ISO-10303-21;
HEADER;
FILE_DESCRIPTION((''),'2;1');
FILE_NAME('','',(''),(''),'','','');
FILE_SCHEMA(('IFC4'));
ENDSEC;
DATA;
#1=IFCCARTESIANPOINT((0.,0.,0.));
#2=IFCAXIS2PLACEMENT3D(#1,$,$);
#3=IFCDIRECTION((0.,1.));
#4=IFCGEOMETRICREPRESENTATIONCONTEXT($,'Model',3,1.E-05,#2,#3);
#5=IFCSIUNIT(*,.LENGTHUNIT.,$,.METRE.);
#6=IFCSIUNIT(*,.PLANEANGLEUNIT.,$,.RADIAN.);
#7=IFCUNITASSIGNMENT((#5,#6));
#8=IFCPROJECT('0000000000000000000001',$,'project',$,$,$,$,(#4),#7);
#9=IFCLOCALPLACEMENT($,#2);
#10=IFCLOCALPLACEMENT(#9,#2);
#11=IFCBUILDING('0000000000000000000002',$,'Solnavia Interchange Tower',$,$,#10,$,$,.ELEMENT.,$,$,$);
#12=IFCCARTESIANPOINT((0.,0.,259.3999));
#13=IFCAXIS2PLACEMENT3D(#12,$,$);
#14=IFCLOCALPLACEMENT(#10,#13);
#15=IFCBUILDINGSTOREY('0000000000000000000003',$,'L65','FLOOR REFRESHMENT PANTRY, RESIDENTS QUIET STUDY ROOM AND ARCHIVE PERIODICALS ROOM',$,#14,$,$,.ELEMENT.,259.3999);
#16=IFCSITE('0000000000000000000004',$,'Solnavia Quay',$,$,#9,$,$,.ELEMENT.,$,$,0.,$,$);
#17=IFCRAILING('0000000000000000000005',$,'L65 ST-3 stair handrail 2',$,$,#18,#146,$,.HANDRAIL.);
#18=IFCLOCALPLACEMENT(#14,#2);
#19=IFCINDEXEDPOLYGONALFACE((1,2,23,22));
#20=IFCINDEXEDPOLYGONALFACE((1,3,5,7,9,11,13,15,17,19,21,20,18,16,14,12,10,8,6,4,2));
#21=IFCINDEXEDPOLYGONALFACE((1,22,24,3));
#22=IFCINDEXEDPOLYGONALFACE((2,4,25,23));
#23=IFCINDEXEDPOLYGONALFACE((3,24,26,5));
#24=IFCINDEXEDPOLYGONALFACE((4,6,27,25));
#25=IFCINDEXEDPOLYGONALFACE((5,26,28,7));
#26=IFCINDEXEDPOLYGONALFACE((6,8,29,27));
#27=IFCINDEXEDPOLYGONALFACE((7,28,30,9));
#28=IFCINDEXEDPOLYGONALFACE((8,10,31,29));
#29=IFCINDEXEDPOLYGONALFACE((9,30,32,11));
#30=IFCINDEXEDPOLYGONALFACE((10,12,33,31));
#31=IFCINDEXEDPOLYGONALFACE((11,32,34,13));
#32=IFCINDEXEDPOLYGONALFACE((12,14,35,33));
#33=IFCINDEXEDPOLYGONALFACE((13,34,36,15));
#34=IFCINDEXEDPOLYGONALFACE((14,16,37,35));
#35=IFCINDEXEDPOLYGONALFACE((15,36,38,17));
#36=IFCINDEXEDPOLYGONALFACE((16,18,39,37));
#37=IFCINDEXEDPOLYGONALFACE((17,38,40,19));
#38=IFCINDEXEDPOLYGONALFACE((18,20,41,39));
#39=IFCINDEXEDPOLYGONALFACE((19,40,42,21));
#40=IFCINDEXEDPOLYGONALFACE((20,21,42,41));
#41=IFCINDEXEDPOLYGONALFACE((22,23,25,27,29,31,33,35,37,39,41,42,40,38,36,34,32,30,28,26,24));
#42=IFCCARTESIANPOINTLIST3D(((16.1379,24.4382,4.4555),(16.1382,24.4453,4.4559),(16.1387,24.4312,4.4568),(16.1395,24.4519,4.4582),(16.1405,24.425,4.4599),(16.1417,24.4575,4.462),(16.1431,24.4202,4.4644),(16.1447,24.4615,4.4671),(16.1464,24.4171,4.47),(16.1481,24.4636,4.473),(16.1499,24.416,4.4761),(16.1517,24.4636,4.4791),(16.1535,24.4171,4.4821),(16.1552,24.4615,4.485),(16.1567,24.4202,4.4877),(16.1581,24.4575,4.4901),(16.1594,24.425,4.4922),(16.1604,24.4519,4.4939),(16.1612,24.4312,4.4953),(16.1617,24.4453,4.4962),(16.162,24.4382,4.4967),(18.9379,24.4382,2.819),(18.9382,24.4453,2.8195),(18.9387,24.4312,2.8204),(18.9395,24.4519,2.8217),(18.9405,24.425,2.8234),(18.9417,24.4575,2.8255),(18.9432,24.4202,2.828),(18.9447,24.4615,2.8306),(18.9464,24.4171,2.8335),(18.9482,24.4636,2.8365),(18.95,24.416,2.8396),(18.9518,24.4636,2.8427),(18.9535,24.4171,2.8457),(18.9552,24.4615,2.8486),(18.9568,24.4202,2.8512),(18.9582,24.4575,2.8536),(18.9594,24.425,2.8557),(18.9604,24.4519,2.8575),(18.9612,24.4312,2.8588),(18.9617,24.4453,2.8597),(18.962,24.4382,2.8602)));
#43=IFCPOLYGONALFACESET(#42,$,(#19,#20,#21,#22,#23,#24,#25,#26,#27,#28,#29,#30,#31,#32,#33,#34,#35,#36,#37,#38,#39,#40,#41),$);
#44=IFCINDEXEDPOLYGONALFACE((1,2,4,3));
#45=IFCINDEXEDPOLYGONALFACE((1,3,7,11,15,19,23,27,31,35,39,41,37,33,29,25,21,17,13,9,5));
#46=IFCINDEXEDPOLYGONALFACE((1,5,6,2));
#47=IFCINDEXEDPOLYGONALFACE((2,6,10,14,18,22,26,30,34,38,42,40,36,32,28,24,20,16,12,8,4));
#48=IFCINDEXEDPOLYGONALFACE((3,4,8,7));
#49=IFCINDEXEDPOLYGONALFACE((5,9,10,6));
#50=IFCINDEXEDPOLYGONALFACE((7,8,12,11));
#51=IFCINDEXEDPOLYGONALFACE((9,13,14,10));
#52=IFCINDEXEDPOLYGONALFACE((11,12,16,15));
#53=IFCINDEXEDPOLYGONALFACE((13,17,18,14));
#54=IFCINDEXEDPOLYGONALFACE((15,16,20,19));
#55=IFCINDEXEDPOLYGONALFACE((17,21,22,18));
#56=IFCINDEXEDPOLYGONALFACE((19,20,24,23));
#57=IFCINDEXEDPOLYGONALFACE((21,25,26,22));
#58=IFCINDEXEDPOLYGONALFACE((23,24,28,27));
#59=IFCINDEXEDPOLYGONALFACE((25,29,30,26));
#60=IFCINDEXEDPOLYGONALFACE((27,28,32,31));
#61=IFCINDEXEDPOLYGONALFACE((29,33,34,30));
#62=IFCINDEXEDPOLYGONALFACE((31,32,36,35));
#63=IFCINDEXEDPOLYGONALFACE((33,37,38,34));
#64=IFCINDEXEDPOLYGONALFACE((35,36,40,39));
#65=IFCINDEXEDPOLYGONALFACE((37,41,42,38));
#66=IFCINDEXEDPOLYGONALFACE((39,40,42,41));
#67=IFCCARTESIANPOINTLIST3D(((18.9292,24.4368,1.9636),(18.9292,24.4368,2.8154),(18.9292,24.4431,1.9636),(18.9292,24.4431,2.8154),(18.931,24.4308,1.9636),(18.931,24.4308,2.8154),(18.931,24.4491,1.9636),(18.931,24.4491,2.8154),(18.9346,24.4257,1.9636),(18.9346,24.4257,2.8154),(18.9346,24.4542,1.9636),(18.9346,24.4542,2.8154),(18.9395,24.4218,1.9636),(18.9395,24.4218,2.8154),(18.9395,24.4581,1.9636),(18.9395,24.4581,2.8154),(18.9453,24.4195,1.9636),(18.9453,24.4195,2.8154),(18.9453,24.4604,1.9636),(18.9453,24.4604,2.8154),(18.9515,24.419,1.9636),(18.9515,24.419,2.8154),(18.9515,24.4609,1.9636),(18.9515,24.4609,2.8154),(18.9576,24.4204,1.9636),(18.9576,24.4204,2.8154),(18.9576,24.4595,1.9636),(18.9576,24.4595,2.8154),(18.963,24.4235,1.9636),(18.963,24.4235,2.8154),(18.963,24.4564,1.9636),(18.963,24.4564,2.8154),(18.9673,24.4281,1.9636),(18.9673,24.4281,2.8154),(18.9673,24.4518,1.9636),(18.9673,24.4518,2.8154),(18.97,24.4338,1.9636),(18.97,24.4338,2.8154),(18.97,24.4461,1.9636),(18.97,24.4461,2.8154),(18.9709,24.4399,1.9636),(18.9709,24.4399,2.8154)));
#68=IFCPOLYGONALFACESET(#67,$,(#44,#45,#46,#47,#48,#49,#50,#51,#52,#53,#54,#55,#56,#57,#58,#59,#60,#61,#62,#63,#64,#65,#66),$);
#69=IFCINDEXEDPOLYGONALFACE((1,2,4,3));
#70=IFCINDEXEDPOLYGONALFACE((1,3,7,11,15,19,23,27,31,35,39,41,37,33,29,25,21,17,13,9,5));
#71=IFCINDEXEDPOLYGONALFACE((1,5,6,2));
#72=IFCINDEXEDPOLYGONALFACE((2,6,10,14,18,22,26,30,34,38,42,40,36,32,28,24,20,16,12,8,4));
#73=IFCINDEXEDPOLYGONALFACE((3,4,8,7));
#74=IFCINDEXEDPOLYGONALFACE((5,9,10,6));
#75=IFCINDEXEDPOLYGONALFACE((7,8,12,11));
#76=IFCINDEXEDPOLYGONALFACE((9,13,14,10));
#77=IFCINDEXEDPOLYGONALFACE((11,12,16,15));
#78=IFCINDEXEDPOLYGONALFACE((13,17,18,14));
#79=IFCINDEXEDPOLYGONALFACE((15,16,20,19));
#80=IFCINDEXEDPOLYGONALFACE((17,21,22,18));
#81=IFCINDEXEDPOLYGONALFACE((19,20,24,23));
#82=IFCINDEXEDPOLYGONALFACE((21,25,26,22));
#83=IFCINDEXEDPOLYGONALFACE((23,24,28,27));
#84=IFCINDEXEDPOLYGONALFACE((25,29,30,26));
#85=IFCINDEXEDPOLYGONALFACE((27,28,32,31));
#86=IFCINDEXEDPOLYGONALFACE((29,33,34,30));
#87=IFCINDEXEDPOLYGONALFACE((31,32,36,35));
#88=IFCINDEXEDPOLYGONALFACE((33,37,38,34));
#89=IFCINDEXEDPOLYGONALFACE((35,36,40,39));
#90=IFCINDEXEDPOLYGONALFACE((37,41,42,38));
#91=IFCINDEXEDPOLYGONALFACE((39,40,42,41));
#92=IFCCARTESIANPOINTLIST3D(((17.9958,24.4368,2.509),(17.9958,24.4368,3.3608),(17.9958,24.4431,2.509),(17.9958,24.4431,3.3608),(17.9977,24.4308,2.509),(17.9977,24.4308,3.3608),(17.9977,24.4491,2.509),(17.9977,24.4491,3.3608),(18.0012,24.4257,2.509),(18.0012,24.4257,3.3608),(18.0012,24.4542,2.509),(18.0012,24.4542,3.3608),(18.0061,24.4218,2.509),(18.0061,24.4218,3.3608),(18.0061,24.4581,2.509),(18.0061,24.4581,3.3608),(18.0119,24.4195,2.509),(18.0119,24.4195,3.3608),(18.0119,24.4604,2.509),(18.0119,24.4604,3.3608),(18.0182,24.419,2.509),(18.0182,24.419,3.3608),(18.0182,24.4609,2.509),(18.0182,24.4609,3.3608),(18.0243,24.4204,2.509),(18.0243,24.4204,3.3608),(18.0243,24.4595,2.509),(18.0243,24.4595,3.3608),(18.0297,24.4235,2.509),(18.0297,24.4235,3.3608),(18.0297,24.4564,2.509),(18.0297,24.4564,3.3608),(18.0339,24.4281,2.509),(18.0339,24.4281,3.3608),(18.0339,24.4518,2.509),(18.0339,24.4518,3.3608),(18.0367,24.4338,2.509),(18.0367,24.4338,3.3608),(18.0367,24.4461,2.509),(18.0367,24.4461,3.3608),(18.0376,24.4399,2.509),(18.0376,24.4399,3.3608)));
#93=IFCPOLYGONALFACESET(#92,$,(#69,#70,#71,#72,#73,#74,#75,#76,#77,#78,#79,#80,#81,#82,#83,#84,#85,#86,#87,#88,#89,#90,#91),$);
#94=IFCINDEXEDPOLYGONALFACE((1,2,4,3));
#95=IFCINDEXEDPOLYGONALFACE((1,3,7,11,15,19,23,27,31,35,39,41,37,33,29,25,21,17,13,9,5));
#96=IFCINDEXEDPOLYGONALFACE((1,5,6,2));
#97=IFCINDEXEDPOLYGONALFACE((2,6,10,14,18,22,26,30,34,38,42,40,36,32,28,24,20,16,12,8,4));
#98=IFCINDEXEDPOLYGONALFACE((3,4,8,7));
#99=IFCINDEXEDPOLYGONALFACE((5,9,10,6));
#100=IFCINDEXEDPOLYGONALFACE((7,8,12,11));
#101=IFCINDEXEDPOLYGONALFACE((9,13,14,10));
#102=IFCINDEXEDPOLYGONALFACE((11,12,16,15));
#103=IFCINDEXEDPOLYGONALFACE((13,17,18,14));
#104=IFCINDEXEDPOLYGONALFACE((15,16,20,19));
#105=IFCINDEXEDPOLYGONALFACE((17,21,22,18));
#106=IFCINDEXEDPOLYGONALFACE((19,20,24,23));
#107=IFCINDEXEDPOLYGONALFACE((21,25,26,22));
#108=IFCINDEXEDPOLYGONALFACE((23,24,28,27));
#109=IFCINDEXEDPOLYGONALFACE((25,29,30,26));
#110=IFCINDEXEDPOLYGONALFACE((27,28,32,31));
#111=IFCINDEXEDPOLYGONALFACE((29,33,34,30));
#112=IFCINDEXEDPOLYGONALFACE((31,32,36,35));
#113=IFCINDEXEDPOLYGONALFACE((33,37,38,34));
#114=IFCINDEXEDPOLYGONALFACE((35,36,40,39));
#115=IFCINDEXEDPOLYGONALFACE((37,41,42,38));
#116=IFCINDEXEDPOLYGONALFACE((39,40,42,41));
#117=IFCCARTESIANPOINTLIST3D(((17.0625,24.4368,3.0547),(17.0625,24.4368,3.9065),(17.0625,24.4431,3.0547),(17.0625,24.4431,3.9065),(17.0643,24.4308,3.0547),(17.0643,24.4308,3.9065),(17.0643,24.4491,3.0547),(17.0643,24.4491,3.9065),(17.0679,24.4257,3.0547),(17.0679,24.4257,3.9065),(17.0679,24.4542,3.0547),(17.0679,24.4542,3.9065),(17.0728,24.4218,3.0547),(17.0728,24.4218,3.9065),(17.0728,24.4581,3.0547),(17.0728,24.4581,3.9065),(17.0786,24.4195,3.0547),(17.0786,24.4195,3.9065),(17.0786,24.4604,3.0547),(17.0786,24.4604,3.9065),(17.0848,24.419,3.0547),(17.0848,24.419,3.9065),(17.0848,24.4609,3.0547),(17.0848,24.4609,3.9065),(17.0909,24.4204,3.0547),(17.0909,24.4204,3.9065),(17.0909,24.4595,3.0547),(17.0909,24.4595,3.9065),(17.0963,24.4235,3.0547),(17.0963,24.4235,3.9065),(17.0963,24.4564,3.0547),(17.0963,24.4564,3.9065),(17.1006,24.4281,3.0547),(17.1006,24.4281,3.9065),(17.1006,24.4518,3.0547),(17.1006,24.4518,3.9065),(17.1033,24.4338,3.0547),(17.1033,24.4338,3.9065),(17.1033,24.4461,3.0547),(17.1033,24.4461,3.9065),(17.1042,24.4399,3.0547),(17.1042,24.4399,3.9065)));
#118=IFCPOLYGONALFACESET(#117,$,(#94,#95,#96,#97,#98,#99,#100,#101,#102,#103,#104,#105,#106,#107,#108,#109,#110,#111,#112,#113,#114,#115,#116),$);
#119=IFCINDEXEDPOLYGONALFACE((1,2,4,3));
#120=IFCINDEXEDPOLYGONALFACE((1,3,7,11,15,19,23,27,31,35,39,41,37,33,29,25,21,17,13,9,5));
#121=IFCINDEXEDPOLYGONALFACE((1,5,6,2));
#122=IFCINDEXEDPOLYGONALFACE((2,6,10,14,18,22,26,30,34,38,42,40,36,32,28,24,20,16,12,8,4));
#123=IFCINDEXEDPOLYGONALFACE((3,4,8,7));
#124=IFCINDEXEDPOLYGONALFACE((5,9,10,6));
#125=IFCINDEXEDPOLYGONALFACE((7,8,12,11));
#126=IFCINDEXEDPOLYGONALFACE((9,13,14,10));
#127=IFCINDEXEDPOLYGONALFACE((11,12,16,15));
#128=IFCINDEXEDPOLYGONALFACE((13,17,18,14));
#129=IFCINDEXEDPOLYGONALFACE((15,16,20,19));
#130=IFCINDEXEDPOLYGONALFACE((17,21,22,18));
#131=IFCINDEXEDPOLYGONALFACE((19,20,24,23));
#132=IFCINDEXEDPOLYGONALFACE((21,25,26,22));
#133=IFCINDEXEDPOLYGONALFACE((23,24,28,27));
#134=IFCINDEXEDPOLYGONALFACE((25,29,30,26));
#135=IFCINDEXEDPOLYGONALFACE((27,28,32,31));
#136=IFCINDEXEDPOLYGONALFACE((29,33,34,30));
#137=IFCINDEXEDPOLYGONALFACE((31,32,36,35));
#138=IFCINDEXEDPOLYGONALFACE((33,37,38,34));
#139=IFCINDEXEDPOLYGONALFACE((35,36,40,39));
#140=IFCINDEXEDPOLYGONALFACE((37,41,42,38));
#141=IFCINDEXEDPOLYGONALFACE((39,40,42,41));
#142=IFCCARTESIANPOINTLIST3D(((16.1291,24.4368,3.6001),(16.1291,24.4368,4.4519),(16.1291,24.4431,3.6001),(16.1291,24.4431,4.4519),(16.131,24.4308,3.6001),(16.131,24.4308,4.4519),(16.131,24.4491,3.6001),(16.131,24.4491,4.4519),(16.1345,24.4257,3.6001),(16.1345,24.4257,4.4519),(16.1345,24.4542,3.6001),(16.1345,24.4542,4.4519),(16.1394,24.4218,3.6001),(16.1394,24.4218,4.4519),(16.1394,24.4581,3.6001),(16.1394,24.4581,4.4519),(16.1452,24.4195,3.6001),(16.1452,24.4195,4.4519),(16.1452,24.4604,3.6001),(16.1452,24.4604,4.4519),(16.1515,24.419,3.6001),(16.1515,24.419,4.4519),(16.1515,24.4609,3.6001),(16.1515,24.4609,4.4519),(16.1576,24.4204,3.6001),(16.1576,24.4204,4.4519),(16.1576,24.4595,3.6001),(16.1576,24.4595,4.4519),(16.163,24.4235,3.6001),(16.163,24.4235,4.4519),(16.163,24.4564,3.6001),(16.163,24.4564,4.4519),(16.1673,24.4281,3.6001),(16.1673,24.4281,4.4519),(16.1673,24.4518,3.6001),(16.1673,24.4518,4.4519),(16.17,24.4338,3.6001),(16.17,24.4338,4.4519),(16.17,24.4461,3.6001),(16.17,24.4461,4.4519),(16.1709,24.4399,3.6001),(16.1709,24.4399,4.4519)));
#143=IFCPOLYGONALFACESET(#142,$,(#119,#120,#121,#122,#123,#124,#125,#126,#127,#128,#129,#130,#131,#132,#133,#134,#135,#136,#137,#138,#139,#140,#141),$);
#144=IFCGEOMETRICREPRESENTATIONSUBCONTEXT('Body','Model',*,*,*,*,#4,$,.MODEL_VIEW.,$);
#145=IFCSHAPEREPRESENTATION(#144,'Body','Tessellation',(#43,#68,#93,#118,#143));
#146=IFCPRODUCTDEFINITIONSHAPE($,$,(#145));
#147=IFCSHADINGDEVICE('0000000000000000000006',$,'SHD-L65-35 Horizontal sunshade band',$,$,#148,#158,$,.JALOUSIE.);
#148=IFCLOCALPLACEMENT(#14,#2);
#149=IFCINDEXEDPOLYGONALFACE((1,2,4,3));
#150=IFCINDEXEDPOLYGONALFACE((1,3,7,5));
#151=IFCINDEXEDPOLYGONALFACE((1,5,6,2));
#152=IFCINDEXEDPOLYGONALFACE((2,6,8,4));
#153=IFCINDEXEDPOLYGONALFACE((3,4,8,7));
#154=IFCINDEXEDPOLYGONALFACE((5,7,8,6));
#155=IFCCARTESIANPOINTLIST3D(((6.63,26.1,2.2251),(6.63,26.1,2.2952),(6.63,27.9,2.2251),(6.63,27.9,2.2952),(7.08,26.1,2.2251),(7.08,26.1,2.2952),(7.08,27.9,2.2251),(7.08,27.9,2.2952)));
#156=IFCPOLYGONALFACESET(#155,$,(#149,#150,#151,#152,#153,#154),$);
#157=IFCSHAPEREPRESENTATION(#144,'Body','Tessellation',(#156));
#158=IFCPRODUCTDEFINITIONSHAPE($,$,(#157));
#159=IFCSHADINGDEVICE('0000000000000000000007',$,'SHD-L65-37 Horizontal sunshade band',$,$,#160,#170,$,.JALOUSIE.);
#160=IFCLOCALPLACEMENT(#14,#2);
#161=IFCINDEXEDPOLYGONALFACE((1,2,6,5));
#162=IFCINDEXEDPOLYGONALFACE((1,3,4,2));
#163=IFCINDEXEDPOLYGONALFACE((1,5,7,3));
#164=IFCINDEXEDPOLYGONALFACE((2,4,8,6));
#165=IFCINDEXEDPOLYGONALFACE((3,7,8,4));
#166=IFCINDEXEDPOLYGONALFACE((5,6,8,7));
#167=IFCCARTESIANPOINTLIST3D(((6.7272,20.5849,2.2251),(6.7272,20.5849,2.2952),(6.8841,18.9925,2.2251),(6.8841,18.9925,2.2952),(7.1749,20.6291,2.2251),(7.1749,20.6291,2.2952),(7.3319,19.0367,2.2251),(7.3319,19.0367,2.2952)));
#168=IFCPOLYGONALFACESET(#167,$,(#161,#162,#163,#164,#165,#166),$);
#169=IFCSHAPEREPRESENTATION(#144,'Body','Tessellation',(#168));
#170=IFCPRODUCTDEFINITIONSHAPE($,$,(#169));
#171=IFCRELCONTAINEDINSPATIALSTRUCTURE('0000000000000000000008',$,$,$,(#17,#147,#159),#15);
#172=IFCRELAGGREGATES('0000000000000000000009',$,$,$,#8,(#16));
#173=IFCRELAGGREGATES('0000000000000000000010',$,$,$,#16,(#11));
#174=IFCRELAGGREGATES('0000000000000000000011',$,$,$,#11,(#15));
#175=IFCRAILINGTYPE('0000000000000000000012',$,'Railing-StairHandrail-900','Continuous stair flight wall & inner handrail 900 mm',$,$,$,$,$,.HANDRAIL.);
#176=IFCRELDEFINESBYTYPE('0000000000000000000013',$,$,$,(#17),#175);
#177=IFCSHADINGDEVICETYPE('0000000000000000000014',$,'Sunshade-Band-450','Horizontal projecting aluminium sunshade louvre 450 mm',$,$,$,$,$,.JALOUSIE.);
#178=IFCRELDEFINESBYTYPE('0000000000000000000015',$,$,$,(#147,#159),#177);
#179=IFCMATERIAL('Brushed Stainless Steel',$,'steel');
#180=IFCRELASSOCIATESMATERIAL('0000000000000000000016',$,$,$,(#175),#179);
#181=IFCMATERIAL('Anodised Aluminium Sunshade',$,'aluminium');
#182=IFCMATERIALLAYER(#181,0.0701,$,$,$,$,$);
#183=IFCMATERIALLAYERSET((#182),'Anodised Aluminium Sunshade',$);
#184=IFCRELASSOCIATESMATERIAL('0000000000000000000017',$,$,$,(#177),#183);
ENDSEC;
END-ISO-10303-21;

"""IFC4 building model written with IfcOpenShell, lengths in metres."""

from ifc_helpers import new_model, si_unit, direction, frame, origin, origin_2d, place, context, subcontext, project, spatial, rectangle, circle, extrude, material, layer, layer_set, type_object, element, save


model = new_model("IFC4")

# Units and contexts
model_context = context("Model", 3, precision=1e-05, world=origin(), true_north=direction((0.0, 1.0)))
body_context = subcontext(model_context, "Body", "Model", "MODEL_VIEW")
ifc_project = project(units=[si_unit("LENGTHUNIT", "METRE"), si_unit("PLANEANGLEUNIT", "RADIAN")], contexts=[model_context])

# Site, building, storey
site_placement = place(None, origin())
site = spatial("IfcSite", under=ifc_project, at=site_placement, Name="Solnavia Quay", CompositionType="ELEMENT", RefElevation=0.0)
building_placement = place(site_placement, origin())
building = spatial("IfcBuilding", under=site, at=building_placement, Name="Solnavia Interchange Tower", CompositionType="ELEMENT")
storey_placement = place(building_placement, frame((0.0, 0.0, 259.3999)))
storey = spatial("IfcBuildingStorey", under=building, at=storey_placement, Name="L65", Description="FLOOR REFRESHMENT PANTRY, RESIDENTS QUIET STUDY ROOM AND ARCHIVE PERIODICALS ROOM", CompositionType="ELEMENT", Elevation=259.3999)

# Railing
ifc_material_1 = material(Name="Brushed Stainless Steel", Category="steel")
railing_type_1 = type_object("IfcRailingType", Name="Railing-StairHandrail-900", Description="Continuous stair flight wall & inner handrail 900 mm", PredefinedType="HANDRAIL", material=ifc_material_1)
railing_1_placement = place(storey_placement, frame((18.95, 24.4399, 1.9636)))
element("IfcRailing", 1, at=railing_1_placement, inside=storey, type_object=railing_type_1, Name="L65 ST-3 stair handrail 2", PredefinedType="HANDRAIL", context=body_context, shape_type="SweptSolid", body=[
    extrude(circle(Radius=0.0239, at=origin_2d()), frame((0.0, 0.0, 0.876), z_axis=(-0.863361, 0.0, 0.504587), x_axis=(0.0, -1.0, 0.0)), (0.0, 0.0, 1.0), 3.2432),
    extrude(circle(Radius=0.021, at=origin_2d()), origin(), (0.0, 0.0, 1.0), 0.8518),
    extrude(circle(Radius=0.021, at=origin_2d()), frame((-0.9333, 0.0, 0.5454)), (0.0, 0.0, 1.0), 0.8518),
    extrude(circle(Radius=0.021, at=origin_2d()), frame((-1.8667, 0.0, 1.0911)), (0.0, 0.0, 1.0), 0.8518),
    extrude(circle(Radius=0.021, at=origin_2d()), frame((-2.8, 0.0, 1.6365)), (0.0, 0.0, 1.0), 0.8518),
])

# Shading devices
ifc_material_2 = material(Name="Anodised Aluminium Sunshade", Category="aluminium")
ifc_layer_1 = layer(ifc_material_2, 0.0701)
ifc_layer_set_1 = layer_set([ifc_layer_1], Name="Anodised Aluminium Sunshade")
shading_device_type = type_object("IfcShadingDeviceType", Name="Sunshade-Band-450", Description="Horizontal projecting aluminium sunshade louvre 450 mm", PredefinedType="JALOUSIE", material=ifc_layer_set_1)
shading_device_1_placement = place(storey_placement, frame((6.855, 27.0, 2.2251), z_axis=(0.0, 0.0, 1.0), x_axis=(0.0, 1.0, 0.0)))
element("IfcShadingDevice", 2, at=shading_device_1_placement, inside=storey, type_object=shading_device_type, Name="SHD-L65-35 Horizontal sunshade band", PredefinedType="JALOUSIE", context=body_context, shape_type="SweptSolid", body=[
    extrude(rectangle(XDim=1.8, YDim=0.45, at=origin_2d()), origin(), (0.0, 0.0, 1.0), 0.0701),
])
shading_device_2_placement = place(storey_placement, frame((7.0295, 19.8108, 2.2251), z_axis=(0.0, 0.0, 1.0), x_axis=(-0.098104, 0.995176, 0.0)))
element("IfcShadingDevice", 3, at=shading_device_2_placement, inside=storey, type_object=shading_device_type, Name="SHD-L65-37 Horizontal sunshade band", PredefinedType="JALOUSIE", context=body_context, shape_type="SweptSolid", body=[
    extrude(rectangle(XDim=1.6001, YDim=0.45, at=origin_2d()), origin(), (0.0, 0.0, 1.0), 0.0701),
])

save(model, "model.ifc")
